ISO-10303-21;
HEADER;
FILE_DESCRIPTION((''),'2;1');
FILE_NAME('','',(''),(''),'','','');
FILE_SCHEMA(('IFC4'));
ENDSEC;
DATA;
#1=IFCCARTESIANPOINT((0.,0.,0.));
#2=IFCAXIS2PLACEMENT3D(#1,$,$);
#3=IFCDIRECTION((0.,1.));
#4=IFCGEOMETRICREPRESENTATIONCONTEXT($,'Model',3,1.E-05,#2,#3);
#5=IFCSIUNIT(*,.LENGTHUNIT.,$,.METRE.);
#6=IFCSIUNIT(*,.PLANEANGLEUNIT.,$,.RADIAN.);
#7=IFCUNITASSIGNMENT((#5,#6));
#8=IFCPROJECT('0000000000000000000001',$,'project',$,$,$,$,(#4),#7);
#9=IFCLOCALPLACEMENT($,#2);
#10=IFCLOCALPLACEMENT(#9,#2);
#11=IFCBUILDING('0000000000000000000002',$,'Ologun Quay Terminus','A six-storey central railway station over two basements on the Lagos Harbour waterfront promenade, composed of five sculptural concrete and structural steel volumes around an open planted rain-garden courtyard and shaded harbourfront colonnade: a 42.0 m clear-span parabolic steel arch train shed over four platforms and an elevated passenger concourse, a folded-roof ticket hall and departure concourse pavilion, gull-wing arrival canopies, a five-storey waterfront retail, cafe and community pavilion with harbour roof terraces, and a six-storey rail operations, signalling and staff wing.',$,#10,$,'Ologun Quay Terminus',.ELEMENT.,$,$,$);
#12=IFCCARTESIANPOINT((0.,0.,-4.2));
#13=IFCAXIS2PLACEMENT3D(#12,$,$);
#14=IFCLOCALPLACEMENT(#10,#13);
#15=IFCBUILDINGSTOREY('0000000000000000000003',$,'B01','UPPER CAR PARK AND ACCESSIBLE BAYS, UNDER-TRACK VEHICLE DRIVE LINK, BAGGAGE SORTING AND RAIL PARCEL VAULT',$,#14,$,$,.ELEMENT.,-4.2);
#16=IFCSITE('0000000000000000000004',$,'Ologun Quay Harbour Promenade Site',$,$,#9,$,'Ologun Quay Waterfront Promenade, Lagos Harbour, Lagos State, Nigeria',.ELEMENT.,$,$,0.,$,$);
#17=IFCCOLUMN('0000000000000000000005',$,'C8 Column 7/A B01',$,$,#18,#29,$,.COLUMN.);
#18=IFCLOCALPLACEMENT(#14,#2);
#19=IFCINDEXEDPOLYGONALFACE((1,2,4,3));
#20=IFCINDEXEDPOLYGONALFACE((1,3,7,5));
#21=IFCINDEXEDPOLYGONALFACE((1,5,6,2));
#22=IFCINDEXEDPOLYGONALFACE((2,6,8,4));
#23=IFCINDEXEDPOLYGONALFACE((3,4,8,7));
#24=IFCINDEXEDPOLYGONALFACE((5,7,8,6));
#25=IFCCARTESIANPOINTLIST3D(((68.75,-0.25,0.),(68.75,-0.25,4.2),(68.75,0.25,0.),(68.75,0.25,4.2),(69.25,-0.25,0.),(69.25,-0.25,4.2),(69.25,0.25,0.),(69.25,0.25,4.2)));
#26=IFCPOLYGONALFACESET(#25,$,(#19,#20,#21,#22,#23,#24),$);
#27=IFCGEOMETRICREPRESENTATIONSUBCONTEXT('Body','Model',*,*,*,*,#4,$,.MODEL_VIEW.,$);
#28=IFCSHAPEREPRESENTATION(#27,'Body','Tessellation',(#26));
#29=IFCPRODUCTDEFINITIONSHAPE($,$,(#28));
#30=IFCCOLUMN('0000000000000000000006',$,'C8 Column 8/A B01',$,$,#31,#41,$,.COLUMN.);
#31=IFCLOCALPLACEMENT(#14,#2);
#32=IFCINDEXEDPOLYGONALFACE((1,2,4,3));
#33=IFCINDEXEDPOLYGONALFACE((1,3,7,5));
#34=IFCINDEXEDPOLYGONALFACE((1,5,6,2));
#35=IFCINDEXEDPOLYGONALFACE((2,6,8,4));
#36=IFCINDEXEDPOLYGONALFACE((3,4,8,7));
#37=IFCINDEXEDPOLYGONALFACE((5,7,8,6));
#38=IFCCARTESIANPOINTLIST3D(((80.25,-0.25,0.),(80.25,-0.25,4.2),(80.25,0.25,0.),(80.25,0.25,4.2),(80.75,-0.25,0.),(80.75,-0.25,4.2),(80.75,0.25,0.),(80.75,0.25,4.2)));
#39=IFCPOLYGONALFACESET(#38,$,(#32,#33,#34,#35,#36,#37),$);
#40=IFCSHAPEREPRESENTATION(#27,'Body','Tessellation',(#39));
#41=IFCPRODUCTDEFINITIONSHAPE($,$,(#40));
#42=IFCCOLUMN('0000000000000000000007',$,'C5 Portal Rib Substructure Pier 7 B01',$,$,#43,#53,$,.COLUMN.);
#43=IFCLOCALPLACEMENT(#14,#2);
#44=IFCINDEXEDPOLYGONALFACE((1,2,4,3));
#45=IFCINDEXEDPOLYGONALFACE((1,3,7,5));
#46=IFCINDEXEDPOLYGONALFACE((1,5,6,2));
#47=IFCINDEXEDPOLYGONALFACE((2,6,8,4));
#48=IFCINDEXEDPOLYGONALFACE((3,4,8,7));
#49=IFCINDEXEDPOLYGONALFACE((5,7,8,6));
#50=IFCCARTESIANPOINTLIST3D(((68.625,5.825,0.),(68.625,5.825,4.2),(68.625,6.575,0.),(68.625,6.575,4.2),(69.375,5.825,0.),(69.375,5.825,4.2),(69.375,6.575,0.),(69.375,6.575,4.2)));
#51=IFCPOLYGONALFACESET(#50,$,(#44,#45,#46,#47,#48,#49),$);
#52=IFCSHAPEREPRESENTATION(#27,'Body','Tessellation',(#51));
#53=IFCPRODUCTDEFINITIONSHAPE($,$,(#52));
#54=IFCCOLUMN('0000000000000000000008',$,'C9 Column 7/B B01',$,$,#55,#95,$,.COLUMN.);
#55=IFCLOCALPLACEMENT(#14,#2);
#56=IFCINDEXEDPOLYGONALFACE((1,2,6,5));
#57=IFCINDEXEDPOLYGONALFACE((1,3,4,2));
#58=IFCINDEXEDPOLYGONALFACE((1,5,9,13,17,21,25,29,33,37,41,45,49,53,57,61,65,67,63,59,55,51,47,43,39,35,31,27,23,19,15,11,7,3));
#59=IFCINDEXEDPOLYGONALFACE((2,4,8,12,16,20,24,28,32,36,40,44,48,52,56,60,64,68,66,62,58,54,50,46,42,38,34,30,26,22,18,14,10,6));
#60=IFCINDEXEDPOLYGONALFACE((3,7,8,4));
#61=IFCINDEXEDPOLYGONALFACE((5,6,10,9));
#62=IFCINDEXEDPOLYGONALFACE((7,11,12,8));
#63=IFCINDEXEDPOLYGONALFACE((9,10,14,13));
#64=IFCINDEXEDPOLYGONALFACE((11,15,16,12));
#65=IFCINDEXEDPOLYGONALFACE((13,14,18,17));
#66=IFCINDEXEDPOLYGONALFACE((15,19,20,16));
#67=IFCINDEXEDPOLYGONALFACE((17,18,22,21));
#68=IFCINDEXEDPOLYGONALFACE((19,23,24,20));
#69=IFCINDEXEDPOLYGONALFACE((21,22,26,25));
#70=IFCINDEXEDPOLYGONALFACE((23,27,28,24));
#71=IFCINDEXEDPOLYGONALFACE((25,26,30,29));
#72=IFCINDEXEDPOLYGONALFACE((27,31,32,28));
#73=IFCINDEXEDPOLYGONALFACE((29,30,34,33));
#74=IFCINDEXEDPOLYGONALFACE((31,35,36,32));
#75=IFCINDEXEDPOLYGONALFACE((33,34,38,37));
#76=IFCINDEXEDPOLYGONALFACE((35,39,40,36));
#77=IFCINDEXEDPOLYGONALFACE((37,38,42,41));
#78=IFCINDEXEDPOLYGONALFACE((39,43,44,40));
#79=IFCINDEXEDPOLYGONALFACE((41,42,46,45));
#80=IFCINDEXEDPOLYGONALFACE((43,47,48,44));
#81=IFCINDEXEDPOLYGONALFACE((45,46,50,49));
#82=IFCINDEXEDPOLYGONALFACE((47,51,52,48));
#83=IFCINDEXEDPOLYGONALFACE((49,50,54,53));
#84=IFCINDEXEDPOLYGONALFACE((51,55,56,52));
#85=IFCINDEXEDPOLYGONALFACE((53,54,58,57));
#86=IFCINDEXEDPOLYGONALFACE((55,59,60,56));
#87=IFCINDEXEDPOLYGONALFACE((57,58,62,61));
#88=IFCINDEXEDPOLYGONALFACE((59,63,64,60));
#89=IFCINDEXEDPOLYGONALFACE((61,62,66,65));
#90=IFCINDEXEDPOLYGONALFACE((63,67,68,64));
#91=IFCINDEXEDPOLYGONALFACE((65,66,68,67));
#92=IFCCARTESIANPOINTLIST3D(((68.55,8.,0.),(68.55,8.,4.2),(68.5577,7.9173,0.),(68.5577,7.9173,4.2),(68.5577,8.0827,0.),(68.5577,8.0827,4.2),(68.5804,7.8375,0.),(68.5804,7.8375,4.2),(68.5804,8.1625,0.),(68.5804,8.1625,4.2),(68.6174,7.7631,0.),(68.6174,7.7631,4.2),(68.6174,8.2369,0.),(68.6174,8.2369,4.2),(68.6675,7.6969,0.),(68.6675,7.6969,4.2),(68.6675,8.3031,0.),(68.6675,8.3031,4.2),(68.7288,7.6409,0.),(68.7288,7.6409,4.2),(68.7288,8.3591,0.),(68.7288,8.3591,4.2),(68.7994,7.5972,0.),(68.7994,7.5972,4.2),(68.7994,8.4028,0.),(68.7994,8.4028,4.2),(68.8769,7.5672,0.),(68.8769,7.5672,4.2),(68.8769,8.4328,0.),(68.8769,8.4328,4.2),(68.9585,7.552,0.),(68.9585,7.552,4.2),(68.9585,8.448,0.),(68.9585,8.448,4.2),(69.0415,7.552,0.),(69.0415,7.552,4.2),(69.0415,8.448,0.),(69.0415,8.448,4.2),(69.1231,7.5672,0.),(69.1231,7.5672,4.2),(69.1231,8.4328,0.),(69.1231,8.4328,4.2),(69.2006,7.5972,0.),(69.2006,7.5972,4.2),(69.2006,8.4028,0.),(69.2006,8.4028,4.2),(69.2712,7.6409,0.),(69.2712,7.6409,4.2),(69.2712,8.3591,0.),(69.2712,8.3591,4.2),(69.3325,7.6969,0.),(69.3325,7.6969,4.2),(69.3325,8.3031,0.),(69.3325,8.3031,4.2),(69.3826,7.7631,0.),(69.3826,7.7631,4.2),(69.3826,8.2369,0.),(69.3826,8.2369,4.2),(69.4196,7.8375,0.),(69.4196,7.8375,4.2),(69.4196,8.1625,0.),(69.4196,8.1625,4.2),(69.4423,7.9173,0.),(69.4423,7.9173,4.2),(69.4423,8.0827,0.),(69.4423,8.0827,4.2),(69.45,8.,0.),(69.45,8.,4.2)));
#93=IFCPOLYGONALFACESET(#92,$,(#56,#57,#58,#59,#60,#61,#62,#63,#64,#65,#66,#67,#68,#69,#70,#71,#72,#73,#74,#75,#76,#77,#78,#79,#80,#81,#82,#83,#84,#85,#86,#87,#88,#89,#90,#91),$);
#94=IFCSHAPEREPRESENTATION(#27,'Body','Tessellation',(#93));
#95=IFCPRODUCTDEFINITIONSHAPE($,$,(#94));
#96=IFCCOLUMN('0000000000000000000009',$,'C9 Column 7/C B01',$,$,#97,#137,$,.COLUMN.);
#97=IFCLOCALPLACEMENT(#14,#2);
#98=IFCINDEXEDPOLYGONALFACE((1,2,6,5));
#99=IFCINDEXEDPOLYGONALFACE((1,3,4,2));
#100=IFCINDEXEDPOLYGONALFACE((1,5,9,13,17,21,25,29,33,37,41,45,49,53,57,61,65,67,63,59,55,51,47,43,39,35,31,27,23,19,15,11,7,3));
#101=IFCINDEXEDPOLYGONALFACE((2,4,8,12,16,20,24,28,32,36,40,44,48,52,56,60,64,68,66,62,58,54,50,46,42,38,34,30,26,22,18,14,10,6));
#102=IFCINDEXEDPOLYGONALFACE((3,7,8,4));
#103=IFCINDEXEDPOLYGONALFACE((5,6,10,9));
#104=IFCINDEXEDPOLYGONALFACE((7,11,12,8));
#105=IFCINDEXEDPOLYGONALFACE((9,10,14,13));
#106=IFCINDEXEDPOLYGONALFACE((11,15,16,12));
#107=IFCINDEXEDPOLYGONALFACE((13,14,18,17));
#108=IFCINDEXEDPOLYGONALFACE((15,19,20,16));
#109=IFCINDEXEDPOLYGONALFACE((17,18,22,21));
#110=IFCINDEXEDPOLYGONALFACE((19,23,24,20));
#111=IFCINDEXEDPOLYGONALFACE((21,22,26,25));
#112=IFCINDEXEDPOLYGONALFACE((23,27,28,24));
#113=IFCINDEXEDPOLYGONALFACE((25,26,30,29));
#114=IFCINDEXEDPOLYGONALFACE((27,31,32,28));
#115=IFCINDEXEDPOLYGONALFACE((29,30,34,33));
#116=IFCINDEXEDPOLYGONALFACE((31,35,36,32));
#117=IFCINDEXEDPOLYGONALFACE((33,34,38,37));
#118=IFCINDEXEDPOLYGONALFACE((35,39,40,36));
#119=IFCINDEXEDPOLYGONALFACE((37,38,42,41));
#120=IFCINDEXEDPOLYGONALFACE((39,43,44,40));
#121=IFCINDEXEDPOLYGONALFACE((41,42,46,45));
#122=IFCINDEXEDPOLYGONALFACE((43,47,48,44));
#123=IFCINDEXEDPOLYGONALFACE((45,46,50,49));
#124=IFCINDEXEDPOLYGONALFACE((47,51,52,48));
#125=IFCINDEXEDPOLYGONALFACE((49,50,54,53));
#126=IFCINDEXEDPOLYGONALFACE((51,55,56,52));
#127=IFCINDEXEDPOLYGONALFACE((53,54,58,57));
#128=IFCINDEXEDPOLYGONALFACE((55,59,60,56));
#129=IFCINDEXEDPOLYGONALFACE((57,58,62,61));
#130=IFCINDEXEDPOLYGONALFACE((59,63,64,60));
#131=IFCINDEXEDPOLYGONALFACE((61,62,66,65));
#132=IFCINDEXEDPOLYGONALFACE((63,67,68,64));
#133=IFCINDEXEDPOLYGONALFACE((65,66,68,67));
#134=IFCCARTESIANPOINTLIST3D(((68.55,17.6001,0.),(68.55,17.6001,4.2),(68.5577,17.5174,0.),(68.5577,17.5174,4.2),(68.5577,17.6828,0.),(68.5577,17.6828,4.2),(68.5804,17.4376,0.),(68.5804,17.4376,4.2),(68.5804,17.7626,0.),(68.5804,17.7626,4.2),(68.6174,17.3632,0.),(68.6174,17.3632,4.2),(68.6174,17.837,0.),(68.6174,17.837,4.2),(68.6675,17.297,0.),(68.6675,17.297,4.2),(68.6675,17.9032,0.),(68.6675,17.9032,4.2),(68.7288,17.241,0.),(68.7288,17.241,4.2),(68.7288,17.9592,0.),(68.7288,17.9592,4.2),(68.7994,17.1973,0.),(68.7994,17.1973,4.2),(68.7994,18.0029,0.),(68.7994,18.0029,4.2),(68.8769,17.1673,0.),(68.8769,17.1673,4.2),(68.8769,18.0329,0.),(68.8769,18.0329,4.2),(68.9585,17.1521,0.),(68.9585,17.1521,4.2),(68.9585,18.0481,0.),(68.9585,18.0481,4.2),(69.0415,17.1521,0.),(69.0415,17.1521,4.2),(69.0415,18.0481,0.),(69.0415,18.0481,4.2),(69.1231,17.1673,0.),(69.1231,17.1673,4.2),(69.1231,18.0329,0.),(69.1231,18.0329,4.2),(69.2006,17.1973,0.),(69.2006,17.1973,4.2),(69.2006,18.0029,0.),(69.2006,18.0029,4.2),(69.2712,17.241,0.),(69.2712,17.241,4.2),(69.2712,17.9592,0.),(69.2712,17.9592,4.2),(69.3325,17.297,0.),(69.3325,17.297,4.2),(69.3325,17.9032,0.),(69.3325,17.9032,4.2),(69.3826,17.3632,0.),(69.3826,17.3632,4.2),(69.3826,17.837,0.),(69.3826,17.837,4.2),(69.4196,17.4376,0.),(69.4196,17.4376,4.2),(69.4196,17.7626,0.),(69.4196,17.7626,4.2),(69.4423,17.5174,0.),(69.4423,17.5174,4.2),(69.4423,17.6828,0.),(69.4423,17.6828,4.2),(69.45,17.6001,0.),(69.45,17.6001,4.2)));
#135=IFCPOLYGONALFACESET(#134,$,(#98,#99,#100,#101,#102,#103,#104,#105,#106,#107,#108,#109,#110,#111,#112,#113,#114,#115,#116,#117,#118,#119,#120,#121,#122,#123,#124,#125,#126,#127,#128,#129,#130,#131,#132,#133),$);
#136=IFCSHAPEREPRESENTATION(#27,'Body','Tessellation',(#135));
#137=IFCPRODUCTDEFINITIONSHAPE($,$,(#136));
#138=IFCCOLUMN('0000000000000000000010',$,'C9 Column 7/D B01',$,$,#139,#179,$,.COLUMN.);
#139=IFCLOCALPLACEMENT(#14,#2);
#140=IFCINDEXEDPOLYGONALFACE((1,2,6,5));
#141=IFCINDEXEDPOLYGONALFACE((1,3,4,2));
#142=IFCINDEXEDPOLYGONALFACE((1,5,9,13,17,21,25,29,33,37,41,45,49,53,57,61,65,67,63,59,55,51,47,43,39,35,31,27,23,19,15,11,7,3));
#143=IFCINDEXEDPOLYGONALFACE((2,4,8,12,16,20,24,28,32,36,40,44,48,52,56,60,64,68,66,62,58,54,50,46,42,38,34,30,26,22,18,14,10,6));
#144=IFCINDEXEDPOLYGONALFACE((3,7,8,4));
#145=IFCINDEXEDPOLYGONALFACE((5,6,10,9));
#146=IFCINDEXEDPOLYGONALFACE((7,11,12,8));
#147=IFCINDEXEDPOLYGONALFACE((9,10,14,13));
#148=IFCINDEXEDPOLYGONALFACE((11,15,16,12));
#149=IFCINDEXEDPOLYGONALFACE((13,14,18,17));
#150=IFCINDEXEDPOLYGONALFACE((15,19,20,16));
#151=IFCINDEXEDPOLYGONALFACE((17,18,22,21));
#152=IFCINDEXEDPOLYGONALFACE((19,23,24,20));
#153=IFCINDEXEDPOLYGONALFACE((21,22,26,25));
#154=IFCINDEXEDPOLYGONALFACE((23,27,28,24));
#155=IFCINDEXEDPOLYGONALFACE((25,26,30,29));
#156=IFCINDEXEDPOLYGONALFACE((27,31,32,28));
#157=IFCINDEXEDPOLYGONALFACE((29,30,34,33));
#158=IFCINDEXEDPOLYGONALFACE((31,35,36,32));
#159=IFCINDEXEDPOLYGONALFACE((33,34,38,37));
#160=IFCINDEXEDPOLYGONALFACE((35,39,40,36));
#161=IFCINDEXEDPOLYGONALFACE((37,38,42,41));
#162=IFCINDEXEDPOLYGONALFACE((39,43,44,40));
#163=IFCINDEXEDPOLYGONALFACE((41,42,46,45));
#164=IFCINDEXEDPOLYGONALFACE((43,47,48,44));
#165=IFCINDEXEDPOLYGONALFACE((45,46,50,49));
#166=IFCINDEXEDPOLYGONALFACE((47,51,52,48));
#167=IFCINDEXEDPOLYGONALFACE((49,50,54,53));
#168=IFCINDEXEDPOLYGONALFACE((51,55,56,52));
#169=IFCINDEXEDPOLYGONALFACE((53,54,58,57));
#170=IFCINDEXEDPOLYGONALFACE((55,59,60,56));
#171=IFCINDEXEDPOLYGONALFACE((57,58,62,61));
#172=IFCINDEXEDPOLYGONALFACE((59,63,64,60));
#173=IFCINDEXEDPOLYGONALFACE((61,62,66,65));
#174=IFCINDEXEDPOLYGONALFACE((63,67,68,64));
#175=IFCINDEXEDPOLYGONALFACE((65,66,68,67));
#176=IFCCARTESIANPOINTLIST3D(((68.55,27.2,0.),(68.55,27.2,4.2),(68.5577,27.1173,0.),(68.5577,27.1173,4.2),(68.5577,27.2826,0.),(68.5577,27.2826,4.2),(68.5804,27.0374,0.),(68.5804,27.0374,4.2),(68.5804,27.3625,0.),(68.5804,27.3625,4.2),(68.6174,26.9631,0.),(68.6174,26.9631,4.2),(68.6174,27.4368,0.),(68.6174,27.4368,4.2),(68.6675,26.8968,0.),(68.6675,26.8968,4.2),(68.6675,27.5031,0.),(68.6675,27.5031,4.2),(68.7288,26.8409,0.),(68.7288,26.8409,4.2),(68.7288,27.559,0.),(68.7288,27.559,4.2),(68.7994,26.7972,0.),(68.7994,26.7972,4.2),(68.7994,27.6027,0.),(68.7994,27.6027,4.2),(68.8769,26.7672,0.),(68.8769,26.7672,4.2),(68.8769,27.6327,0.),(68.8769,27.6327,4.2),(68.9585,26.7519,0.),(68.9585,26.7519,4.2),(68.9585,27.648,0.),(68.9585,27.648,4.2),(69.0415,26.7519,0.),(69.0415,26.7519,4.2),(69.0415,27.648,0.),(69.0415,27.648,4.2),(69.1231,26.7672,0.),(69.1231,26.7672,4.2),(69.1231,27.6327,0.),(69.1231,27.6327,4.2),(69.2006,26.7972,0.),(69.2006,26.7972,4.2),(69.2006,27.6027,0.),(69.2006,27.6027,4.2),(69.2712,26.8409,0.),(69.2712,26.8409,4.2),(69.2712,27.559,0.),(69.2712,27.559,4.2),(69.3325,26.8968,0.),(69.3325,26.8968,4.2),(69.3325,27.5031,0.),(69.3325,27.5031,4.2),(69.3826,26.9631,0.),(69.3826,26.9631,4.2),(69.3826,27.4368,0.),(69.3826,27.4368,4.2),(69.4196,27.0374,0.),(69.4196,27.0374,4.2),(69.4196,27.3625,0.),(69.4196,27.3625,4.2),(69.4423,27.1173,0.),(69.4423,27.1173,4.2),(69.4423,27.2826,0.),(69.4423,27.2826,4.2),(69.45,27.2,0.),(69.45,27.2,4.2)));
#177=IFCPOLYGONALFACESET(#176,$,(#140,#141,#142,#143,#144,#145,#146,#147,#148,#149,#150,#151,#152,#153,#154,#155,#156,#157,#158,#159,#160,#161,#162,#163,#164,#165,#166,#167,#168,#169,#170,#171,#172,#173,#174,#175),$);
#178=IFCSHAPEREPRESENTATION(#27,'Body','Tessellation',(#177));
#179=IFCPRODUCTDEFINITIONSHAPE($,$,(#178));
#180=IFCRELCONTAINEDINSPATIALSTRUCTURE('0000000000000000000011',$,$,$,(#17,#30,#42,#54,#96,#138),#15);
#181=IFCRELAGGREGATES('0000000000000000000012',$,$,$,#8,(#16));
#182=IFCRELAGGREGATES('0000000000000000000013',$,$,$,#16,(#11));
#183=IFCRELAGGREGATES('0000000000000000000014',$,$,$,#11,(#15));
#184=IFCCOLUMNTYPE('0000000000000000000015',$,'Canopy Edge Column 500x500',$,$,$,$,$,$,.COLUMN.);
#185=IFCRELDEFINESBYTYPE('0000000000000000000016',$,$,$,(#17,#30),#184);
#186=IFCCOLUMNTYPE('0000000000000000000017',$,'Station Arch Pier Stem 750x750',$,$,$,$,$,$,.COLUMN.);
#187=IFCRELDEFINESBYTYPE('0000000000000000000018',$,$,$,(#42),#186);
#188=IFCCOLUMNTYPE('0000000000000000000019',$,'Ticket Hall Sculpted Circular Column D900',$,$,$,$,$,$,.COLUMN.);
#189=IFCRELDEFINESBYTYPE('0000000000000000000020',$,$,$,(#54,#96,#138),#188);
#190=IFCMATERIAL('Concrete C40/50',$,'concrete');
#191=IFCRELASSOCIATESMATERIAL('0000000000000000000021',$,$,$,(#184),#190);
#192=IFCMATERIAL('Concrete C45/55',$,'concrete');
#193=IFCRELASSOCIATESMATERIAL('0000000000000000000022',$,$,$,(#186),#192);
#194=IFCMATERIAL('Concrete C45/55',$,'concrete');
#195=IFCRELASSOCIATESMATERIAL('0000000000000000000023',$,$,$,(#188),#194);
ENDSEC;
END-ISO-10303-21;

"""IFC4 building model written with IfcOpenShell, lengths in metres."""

from ifc_helpers import new_model, si_unit, direction, frame, origin, origin_2d, place, context, subcontext, project, spatial, rectangle, circle, extrude, material, material_profile, profile_set, type_object, element, save


model = new_model("IFC4")

# Units and contexts
model_context = context("Model", 3, precision=1e-05, world=origin(), true_north=direction((0.0, 1.0)))
body_context = subcontext(model_context, "Body", "Model", "MODEL_VIEW")
ifc_project = project(units=[si_unit("LENGTHUNIT", "METRE"), si_unit("PLANEANGLEUNIT", "RADIAN")], contexts=[model_context])

# Site, building, storey
site_placement = place(None, origin())
site = spatial("IfcSite", under=ifc_project, at=site_placement, Name="Ologun Quay Harbour Promenade Site", LongName="Ologun Quay Waterfront Promenade, Lagos Harbour, Lagos State, Nigeria", CompositionType="ELEMENT", RefElevation=0.0)
building_placement = place(site_placement, origin())
building = spatial("IfcBuilding", under=site, at=building_placement, Name="Ologun Quay Terminus", Description="A six-storey central railway station over two basements on the Lagos Harbour waterfront promenade, composed of five sculptural concrete and structural steel volumes around an open planted rain-garden courtyard and shaded harbourfront colonnade: a 42.0 m clear-span parabolic steel arch train shed over four platforms and an elevated passenger concourse, a folded-roof ticket hall and departure concourse pavilion, gull-wing arrival canopies, a five-storey waterfront retail, cafe and community pavilion with harbour roof terraces, and a six-storey rail operations, signalling and staff wing.", LongName="Ologun Quay Terminus", CompositionType="ELEMENT")
storey_placement = place(building_placement, frame((0.0, 0.0, -4.2)))
storey = spatial("IfcBuildingStorey", under=building, at=storey_placement, Name="B01", Description="UPPER CAR PARK AND ACCESSIBLE BAYS, UNDER-TRACK VEHICLE DRIVE LINK, BAGGAGE SORTING AND RAIL PARCEL VAULT", CompositionType="ELEMENT", Elevation=-4.2)

# Columns
ifc_material_1 = material(Name="Concrete C40/50", Category="concrete")
ifc_material_profile_1 = material_profile(ifc_material_1, rectangle(XDim=0.5, YDim=0.5, at=origin_2d()), Name="RC 500x500")
ifc_profile_set_1 = profile_set([ifc_material_profile_1], Name="Concrete C40/50")
column_type_1 = type_object("IfcColumnType", Name="Canopy Edge Column 500x500", PredefinedType="COLUMN", material=ifc_profile_set_1)
for number, where, z_axis, x_axis, name in (
    (1, (69.0, 0.0, 0.0), (0.0, 0.0, 1.0), (1.0, 0.0, 0.0), "C8 Column 7/A B01"),
    (2, (80.5, 0.0, 0.0), (0.0, 0.0, 1.0), (1.0, 0.0, 0.0), "C8 Column 8/A B01"),
):
    element("IfcColumn", number, at=place(storey_placement, frame(where, z_axis=z_axis, x_axis=x_axis)), inside=storey, type_object=column_type_1, Name=name, PredefinedType="COLUMN", context=body_context, shape_type="SweptSolid", body=[
        extrude(rectangle(XDim=0.5, YDim=0.5, at=origin_2d()), origin(), (0.0, 0.0, 1.0), 4.2),
    ])
ifc_material_2 = material(Name="Concrete C45/55", Category="concrete")
ifc_material_profile_2 = material_profile(ifc_material_2, rectangle(XDim=0.75, YDim=0.75, at=origin_2d()), Name="RC 750x750")
ifc_profile_set_2 = profile_set([ifc_material_profile_2], Name="Concrete C45/55")
column_type_2 = type_object("IfcColumnType", Name="Station Arch Pier Stem 750x750", PredefinedType="COLUMN", material=ifc_profile_set_2)
column_placement = place(storey_placement, frame((69.0, 6.2, 0.0), z_axis=(0.0, 0.0, 1.0), x_axis=(1.0, 0.0, 0.0)))
element("IfcColumn", 3, at=column_placement, inside=storey, type_object=column_type_2, Name="C5 Portal Rib Substructure Pier 7 B01", PredefinedType="COLUMN", context=body_context, shape_type="SweptSolid", body=[
    extrude(rectangle(XDim=0.75, YDim=0.75, at=origin_2d()), origin(), (0.0, 0.0, 1.0), 4.2),
])
ifc_material_3 = material(Name="Concrete C45/55", Category="concrete")
ifc_material_profile_3 = material_profile(ifc_material_3, circle(Radius=0.45, at=origin_2d()), Name="RC D900")
ifc_profile_set_3 = profile_set([ifc_material_profile_3], Name="Concrete C45/55")
column_type_3 = type_object("IfcColumnType", Name="Ticket Hall Sculpted Circular Column D900", PredefinedType="COLUMN", material=ifc_profile_set_3)
for number, where, z_axis, x_axis, name in (
    (4, (69.0, 8.0, 0.0), (0.0, 0.0, 1.0), (1.0, 0.0, 0.0), "C9 Column 7/B B01"),
    (5, (69.0, 17.6001, 0.0), (0.0, 0.0, 1.0), (1.0, 0.0, 0.0), "C9 Column 7/C B01"),
    (6, (69.0, 27.2, 0.0), (0.0, 0.0, 1.0), (1.0, 0.0, 0.0), "C9 Column 7/D B01"),
):
    element("IfcColumn", number, at=place(storey_placement, frame(where, z_axis=z_axis, x_axis=x_axis)), inside=storey, type_object=column_type_3, Name=name, PredefinedType="COLUMN", context=body_context, shape_type="SweptSolid", body=[
        extrude(circle(Radius=0.45, at=origin_2d()), origin(), (0.0, 0.0, 1.0), 4.2),
    ])

save(model, "model.ifc")
